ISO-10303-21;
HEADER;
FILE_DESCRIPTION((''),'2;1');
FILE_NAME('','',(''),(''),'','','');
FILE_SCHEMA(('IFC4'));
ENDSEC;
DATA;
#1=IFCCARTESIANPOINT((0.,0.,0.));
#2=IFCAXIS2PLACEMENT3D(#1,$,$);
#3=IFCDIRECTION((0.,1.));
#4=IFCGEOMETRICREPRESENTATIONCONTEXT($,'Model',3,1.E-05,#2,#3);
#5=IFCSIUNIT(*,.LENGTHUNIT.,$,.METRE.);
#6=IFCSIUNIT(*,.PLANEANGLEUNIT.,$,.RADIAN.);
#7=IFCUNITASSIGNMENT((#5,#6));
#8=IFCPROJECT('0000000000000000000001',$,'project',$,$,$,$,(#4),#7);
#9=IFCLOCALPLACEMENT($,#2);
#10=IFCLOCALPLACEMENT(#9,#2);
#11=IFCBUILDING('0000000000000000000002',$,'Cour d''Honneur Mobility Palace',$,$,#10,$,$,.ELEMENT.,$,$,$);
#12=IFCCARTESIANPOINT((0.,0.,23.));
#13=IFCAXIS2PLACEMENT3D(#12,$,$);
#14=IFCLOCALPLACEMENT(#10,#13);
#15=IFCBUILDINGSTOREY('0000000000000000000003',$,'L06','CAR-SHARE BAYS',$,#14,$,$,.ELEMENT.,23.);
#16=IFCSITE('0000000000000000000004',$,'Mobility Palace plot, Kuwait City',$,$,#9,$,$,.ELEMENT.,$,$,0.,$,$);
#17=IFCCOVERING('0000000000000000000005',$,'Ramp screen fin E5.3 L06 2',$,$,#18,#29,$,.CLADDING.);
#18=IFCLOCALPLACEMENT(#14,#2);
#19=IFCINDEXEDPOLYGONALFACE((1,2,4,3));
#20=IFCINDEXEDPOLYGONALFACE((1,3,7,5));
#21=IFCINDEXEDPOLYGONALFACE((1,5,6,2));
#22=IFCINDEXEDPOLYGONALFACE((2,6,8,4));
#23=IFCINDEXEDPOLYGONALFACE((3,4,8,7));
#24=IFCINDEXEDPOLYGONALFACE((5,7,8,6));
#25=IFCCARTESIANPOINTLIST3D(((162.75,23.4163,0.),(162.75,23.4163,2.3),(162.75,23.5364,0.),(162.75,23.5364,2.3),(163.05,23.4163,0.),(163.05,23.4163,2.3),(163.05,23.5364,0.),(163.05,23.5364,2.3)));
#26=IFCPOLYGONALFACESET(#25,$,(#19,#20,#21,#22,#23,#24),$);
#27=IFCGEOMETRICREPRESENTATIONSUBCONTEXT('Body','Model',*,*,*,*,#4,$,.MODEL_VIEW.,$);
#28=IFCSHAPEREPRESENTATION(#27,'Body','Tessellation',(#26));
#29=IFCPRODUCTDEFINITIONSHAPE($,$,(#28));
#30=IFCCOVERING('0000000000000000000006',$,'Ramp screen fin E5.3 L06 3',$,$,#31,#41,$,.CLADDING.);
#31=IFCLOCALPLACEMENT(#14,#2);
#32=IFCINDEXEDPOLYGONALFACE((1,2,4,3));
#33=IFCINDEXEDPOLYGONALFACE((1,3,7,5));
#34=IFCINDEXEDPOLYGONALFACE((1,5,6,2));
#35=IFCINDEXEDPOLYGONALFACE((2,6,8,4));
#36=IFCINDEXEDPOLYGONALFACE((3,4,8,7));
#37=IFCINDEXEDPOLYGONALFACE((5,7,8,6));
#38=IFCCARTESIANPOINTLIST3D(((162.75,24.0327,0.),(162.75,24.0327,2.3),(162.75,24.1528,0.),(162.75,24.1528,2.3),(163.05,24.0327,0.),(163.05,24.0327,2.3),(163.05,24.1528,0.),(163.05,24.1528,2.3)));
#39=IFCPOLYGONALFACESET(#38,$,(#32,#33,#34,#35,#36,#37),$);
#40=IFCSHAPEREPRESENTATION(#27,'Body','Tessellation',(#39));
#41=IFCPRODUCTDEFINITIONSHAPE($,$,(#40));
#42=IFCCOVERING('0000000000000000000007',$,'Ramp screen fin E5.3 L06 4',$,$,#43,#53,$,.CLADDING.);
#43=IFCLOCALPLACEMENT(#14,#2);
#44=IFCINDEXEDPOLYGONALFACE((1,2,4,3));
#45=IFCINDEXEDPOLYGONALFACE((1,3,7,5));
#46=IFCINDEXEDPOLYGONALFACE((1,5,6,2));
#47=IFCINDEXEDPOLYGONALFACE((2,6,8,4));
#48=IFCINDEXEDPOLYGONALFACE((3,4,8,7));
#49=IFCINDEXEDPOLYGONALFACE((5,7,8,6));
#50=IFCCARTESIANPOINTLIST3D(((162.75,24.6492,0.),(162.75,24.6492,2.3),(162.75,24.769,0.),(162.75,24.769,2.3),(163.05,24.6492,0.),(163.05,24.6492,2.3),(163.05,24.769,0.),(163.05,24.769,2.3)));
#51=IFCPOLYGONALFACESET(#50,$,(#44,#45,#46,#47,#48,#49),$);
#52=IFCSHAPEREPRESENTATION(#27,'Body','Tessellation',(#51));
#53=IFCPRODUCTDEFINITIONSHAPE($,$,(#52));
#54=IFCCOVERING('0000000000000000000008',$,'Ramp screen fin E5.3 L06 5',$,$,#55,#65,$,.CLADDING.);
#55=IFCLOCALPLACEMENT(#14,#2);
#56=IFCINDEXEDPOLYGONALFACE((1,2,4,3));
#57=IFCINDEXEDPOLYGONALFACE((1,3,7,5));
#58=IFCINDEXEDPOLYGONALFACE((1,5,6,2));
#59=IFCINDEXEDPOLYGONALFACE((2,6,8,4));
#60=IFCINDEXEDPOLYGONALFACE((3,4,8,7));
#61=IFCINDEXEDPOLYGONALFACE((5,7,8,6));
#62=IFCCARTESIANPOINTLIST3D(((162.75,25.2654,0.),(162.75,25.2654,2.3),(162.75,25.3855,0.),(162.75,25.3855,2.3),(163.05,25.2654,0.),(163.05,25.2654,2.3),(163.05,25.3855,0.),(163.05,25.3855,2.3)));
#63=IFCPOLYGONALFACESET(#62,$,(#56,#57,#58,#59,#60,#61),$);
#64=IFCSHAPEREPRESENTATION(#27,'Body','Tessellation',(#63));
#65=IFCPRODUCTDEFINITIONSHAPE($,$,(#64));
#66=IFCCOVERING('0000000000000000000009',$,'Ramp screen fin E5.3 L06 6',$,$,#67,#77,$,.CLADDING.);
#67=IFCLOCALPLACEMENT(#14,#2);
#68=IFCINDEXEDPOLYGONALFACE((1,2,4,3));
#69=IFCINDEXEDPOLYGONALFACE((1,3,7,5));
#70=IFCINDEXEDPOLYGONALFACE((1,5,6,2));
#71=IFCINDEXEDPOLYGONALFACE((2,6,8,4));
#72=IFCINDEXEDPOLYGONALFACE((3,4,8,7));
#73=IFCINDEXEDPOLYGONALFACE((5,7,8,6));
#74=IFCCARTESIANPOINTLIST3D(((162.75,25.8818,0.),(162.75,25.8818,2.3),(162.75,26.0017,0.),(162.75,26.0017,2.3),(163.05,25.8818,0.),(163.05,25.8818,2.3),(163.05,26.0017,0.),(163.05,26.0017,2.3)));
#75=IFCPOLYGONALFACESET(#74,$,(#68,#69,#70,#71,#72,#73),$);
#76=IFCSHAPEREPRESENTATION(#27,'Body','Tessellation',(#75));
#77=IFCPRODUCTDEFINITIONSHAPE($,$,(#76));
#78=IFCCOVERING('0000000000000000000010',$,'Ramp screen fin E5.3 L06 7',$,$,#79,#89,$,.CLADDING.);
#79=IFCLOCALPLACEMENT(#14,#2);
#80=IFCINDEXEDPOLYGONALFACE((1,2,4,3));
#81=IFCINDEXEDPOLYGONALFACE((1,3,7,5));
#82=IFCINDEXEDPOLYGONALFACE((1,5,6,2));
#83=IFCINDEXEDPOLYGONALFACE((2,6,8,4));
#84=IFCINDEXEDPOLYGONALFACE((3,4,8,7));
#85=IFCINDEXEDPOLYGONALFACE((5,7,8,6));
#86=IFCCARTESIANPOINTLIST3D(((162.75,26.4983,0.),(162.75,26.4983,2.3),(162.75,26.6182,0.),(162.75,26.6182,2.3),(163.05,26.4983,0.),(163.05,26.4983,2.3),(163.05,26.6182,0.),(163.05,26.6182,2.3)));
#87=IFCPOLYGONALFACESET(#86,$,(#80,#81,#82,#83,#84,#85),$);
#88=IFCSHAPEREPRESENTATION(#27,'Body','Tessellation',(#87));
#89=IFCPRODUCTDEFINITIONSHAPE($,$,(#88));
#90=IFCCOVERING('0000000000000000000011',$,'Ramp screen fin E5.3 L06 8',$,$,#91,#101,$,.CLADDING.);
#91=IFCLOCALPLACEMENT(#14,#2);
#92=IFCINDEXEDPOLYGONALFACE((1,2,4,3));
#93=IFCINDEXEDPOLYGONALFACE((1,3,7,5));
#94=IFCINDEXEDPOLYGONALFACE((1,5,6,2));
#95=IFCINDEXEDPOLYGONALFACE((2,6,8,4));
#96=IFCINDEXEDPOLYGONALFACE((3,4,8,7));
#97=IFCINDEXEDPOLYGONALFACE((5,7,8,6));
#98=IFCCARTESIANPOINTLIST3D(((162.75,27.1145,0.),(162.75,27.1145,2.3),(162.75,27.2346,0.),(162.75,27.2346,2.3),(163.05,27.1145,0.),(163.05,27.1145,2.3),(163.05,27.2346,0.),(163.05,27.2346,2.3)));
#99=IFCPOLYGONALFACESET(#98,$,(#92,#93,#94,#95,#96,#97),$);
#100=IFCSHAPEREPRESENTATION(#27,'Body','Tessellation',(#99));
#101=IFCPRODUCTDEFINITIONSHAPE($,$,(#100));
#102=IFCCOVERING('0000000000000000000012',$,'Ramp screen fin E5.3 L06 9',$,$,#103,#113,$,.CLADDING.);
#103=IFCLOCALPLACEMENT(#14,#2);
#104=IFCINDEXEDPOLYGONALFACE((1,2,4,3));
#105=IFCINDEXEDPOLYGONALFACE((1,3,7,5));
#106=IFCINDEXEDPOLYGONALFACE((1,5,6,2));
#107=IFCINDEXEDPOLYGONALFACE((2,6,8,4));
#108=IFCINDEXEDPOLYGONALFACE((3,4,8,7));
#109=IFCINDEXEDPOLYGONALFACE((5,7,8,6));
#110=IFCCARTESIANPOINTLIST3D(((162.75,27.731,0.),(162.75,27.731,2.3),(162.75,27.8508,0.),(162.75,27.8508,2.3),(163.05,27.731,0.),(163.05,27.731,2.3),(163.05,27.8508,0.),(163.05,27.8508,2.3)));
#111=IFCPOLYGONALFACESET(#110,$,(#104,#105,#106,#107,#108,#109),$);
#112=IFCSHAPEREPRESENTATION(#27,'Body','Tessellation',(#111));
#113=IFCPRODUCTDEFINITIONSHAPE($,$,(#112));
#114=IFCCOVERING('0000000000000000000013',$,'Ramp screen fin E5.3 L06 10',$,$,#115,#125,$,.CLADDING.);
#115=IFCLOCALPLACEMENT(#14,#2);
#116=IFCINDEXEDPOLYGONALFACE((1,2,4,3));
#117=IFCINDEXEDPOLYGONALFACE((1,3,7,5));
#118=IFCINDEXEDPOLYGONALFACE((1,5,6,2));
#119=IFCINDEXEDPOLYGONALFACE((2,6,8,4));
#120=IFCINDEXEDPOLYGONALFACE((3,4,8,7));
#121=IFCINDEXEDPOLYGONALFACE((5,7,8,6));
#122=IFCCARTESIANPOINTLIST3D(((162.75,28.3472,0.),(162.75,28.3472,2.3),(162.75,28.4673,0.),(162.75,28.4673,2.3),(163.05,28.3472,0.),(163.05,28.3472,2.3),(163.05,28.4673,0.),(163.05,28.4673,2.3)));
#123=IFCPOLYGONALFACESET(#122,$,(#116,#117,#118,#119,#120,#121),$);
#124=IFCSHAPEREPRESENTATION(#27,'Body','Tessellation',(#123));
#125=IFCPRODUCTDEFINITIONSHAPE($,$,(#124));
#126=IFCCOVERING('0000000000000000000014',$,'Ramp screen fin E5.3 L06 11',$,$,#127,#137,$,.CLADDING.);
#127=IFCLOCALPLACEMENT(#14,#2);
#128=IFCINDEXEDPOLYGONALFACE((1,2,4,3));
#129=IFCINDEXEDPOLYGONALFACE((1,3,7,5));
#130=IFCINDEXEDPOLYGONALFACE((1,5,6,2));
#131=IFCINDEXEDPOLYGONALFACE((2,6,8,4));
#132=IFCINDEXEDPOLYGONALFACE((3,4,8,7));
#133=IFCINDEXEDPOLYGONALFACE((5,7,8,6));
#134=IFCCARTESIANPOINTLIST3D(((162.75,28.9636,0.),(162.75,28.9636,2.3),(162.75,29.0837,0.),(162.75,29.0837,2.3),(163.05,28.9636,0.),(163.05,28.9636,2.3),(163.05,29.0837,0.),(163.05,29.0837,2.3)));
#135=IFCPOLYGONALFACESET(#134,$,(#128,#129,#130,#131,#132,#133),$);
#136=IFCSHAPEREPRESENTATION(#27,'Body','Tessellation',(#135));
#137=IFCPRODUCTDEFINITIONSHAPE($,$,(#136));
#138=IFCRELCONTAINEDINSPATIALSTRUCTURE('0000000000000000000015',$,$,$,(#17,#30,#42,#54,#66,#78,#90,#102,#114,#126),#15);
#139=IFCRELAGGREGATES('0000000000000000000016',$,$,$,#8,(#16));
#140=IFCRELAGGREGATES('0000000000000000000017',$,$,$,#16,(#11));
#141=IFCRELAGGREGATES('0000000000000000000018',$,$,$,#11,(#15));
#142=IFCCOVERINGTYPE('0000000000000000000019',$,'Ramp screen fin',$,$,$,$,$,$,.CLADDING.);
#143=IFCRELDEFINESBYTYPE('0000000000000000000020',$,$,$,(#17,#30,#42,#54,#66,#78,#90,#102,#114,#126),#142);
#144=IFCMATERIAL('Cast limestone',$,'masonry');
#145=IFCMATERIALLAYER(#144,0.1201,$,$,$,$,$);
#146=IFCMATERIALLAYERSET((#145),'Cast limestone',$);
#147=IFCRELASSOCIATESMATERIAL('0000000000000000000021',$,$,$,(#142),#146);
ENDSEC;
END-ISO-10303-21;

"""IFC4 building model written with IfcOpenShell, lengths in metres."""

from ifc_helpers import new_model, si_unit, direction, frame, origin, place, context, subcontext, project, spatial, polyline, outline, extrude, material, layer, layer_set, type_object, element, save


model = new_model("IFC4")

# Units and contexts
model_context = context("Model", 3, precision=1e-05, world=origin(), true_north=direction((0.0, 1.0)))
body_context = subcontext(model_context, "Body", "Model", "MODEL_VIEW")
ifc_project = project(units=[si_unit("LENGTHUNIT", "METRE"), si_unit("PLANEANGLEUNIT", "RADIAN")], contexts=[model_context])

# Site, building, storey
site_placement = place(None, origin())
site = spatial("IfcSite", under=ifc_project, at=site_placement, Name="Mobility Palace plot, Kuwait City", CompositionType="ELEMENT", RefElevation=0.0)
building_placement = place(site_placement, origin())
building = spatial("IfcBuilding", under=site, at=building_placement, Name="Cour d'Honneur Mobility Palace", CompositionType="ELEMENT")
storey_placement = place(building_placement, frame((0.0, 0.0, 23.0)))
storey = spatial("IfcBuildingStorey", under=building, at=storey_placement, Name="L06", Description="CAR-SHARE BAYS", CompositionType="ELEMENT", Elevation=23.0)

# Coverings
ifc_material_1 = material(Name="Cast limestone", Category="masonry")
ifc_layer_1 = layer(ifc_material_1, 0.1201)
ifc_layer_set_1 = layer_set([ifc_layer_1], Name="Cast limestone")
covering_type = type_object("IfcCoveringType", Name="Ramp screen fin", PredefinedType="CLADDING", material=ifc_layer_set_1)
covering_1_placement = place(storey_placement, origin())
element("IfcCovering", 1, at=covering_1_placement, inside=storey, type_object=covering_type, Name="Ramp screen fin E5.3 L06 2", PredefinedType="CLADDING", context=body_context, shape_type="SweptSolid", body=[
    extrude(outline(polyline([(162.75, 23.4163), (162.75, 23.5364), (163.05, 23.5364), (163.05, 23.4163), (162.75, 23.4163)])), origin(), (0.0, 0.0, 1.0), 2.3),
])
covering_2_placement = place(storey_placement, origin())
element("IfcCovering", 2, at=covering_2_placement, inside=storey, type_object=covering_type, Name="Ramp screen fin E5.3 L06 3", PredefinedType="CLADDING", context=body_context, shape_type="SweptSolid", body=[
    extrude(outline(polyline([(162.75, 24.0327), (162.75, 24.1528), (163.05, 24.1528), (163.05, 24.0327), (162.75, 24.0327)])), origin(), (0.0, 0.0, 1.0), 2.3),
])
covering_3_placement = place(storey_placement, origin())
element("IfcCovering", 3, at=covering_3_placement, inside=storey, type_object=covering_type, Name="Ramp screen fin E5.3 L06 4", PredefinedType="CLADDING", context=body_context, shape_type="SweptSolid", body=[
    extrude(outline(polyline([(162.75, 24.6492), (162.75, 24.769), (163.05, 24.769), (163.05, 24.6492), (162.75, 24.6492)])), origin(), (0.0, 0.0, 1.0), 2.3),
])
covering_4_placement = place(storey_placement, origin())
element("IfcCovering", 4, at=covering_4_placement, inside=storey, type_object=covering_type, Name="Ramp screen fin E5.3 L06 5", PredefinedType="CLADDING", context=body_context, shape_type="SweptSolid", body=[
    extrude(outline(polyline([(162.75, 25.2654), (162.75, 25.3855), (163.05, 25.3855), (163.05, 25.2654), (162.75, 25.2654)])), origin(), (0.0, 0.0, 1.0), 2.3),
])
covering_5_placement = place(storey_placement, origin())
element("IfcCovering", 5, at=covering_5_placement, inside=storey, type_object=covering_type, Name="Ramp screen fin E5.3 L06 6", PredefinedType="CLADDING", context=body_context, shape_type="SweptSolid", body=[
    extrude(outline(polyline([(162.75, 25.8818), (162.75, 26.0017), (163.05, 26.0017), (163.05, 25.8818), (162.75, 25.8818)])), origin(), (0.0, 0.0, 1.0), 2.3),
])
covering_6_placement = place(storey_placement, origin())
element("IfcCovering", 6, at=covering_6_placement, inside=storey, type_object=covering_type, Name="Ramp screen fin E5.3 L06 7", PredefinedType="CLADDING", context=body_context, shape_type="SweptSolid", body=[
    extrude(outline(polyline([(162.75, 26.4983), (162.75, 26.6182), (163.05, 26.6182), (163.05, 26.4983), (162.75, 26.4983)])), origin(), (0.0, 0.0, 1.0), 2.3),
])
covering_7_placement = place(storey_placement, origin())
element("IfcCovering", 7, at=covering_7_placement, inside=storey, type_object=covering_type, Name="Ramp screen fin E5.3 L06 8", PredefinedType="CLADDING", context=body_context, shape_type="SweptSolid", body=[
    extrude(outline(polyline([(162.75, 27.1145), (162.75, 27.2346), (163.05, 27.2346), (163.05, 27.1145), (162.75, 27.1145)])), origin(), (0.0, 0.0, 1.0), 2.3),
])
covering_8_placement = place(storey_placement, origin())
element("IfcCovering", 8, at=covering_8_placement, inside=storey, type_object=covering_type, Name="Ramp screen fin E5.3 L06 9", PredefinedType="CLADDING", context=body_context, shape_type="SweptSolid", body=[
    extrude(outline(polyline([(162.75, 27.731), (162.75, 27.8508), (163.05, 27.8508), (163.05, 27.731), (162.75, 27.731)])), origin(), (0.0, 0.0, 1.0), 2.3),
])
covering_9_placement = place(storey_placement, origin())
element("IfcCovering", 9, at=covering_9_placement, inside=storey, type_object=covering_type, Name="Ramp screen fin E5.3 L06 10", PredefinedType="CLADDING", context=body_context, shape_type="SweptSolid", body=[
    extrude(outline(polyline([(162.75, 28.3472), (162.75, 28.4673), (163.05, 28.4673), (163.05, 28.3472), (162.75, 28.3472)])), origin(), (0.0, 0.0, 1.0), 2.3),
])
covering_10_placement = place(storey_placement, origin())
element("IfcCovering", 10, at=covering_10_placement, inside=storey, type_object=covering_type, Name="Ramp screen fin E5.3 L06 11", PredefinedType="CLADDING", context=body_context, shape_type="SweptSolid", body=[
    extrude(outline(polyline([(162.75, 28.9636), (162.75, 29.0837), (163.05, 29.0837), (163.05, 28.9636), (162.75, 28.9636)])), origin(), (0.0, 0.0, 1.0), 2.3),
])

save(model, "model.ifc")
